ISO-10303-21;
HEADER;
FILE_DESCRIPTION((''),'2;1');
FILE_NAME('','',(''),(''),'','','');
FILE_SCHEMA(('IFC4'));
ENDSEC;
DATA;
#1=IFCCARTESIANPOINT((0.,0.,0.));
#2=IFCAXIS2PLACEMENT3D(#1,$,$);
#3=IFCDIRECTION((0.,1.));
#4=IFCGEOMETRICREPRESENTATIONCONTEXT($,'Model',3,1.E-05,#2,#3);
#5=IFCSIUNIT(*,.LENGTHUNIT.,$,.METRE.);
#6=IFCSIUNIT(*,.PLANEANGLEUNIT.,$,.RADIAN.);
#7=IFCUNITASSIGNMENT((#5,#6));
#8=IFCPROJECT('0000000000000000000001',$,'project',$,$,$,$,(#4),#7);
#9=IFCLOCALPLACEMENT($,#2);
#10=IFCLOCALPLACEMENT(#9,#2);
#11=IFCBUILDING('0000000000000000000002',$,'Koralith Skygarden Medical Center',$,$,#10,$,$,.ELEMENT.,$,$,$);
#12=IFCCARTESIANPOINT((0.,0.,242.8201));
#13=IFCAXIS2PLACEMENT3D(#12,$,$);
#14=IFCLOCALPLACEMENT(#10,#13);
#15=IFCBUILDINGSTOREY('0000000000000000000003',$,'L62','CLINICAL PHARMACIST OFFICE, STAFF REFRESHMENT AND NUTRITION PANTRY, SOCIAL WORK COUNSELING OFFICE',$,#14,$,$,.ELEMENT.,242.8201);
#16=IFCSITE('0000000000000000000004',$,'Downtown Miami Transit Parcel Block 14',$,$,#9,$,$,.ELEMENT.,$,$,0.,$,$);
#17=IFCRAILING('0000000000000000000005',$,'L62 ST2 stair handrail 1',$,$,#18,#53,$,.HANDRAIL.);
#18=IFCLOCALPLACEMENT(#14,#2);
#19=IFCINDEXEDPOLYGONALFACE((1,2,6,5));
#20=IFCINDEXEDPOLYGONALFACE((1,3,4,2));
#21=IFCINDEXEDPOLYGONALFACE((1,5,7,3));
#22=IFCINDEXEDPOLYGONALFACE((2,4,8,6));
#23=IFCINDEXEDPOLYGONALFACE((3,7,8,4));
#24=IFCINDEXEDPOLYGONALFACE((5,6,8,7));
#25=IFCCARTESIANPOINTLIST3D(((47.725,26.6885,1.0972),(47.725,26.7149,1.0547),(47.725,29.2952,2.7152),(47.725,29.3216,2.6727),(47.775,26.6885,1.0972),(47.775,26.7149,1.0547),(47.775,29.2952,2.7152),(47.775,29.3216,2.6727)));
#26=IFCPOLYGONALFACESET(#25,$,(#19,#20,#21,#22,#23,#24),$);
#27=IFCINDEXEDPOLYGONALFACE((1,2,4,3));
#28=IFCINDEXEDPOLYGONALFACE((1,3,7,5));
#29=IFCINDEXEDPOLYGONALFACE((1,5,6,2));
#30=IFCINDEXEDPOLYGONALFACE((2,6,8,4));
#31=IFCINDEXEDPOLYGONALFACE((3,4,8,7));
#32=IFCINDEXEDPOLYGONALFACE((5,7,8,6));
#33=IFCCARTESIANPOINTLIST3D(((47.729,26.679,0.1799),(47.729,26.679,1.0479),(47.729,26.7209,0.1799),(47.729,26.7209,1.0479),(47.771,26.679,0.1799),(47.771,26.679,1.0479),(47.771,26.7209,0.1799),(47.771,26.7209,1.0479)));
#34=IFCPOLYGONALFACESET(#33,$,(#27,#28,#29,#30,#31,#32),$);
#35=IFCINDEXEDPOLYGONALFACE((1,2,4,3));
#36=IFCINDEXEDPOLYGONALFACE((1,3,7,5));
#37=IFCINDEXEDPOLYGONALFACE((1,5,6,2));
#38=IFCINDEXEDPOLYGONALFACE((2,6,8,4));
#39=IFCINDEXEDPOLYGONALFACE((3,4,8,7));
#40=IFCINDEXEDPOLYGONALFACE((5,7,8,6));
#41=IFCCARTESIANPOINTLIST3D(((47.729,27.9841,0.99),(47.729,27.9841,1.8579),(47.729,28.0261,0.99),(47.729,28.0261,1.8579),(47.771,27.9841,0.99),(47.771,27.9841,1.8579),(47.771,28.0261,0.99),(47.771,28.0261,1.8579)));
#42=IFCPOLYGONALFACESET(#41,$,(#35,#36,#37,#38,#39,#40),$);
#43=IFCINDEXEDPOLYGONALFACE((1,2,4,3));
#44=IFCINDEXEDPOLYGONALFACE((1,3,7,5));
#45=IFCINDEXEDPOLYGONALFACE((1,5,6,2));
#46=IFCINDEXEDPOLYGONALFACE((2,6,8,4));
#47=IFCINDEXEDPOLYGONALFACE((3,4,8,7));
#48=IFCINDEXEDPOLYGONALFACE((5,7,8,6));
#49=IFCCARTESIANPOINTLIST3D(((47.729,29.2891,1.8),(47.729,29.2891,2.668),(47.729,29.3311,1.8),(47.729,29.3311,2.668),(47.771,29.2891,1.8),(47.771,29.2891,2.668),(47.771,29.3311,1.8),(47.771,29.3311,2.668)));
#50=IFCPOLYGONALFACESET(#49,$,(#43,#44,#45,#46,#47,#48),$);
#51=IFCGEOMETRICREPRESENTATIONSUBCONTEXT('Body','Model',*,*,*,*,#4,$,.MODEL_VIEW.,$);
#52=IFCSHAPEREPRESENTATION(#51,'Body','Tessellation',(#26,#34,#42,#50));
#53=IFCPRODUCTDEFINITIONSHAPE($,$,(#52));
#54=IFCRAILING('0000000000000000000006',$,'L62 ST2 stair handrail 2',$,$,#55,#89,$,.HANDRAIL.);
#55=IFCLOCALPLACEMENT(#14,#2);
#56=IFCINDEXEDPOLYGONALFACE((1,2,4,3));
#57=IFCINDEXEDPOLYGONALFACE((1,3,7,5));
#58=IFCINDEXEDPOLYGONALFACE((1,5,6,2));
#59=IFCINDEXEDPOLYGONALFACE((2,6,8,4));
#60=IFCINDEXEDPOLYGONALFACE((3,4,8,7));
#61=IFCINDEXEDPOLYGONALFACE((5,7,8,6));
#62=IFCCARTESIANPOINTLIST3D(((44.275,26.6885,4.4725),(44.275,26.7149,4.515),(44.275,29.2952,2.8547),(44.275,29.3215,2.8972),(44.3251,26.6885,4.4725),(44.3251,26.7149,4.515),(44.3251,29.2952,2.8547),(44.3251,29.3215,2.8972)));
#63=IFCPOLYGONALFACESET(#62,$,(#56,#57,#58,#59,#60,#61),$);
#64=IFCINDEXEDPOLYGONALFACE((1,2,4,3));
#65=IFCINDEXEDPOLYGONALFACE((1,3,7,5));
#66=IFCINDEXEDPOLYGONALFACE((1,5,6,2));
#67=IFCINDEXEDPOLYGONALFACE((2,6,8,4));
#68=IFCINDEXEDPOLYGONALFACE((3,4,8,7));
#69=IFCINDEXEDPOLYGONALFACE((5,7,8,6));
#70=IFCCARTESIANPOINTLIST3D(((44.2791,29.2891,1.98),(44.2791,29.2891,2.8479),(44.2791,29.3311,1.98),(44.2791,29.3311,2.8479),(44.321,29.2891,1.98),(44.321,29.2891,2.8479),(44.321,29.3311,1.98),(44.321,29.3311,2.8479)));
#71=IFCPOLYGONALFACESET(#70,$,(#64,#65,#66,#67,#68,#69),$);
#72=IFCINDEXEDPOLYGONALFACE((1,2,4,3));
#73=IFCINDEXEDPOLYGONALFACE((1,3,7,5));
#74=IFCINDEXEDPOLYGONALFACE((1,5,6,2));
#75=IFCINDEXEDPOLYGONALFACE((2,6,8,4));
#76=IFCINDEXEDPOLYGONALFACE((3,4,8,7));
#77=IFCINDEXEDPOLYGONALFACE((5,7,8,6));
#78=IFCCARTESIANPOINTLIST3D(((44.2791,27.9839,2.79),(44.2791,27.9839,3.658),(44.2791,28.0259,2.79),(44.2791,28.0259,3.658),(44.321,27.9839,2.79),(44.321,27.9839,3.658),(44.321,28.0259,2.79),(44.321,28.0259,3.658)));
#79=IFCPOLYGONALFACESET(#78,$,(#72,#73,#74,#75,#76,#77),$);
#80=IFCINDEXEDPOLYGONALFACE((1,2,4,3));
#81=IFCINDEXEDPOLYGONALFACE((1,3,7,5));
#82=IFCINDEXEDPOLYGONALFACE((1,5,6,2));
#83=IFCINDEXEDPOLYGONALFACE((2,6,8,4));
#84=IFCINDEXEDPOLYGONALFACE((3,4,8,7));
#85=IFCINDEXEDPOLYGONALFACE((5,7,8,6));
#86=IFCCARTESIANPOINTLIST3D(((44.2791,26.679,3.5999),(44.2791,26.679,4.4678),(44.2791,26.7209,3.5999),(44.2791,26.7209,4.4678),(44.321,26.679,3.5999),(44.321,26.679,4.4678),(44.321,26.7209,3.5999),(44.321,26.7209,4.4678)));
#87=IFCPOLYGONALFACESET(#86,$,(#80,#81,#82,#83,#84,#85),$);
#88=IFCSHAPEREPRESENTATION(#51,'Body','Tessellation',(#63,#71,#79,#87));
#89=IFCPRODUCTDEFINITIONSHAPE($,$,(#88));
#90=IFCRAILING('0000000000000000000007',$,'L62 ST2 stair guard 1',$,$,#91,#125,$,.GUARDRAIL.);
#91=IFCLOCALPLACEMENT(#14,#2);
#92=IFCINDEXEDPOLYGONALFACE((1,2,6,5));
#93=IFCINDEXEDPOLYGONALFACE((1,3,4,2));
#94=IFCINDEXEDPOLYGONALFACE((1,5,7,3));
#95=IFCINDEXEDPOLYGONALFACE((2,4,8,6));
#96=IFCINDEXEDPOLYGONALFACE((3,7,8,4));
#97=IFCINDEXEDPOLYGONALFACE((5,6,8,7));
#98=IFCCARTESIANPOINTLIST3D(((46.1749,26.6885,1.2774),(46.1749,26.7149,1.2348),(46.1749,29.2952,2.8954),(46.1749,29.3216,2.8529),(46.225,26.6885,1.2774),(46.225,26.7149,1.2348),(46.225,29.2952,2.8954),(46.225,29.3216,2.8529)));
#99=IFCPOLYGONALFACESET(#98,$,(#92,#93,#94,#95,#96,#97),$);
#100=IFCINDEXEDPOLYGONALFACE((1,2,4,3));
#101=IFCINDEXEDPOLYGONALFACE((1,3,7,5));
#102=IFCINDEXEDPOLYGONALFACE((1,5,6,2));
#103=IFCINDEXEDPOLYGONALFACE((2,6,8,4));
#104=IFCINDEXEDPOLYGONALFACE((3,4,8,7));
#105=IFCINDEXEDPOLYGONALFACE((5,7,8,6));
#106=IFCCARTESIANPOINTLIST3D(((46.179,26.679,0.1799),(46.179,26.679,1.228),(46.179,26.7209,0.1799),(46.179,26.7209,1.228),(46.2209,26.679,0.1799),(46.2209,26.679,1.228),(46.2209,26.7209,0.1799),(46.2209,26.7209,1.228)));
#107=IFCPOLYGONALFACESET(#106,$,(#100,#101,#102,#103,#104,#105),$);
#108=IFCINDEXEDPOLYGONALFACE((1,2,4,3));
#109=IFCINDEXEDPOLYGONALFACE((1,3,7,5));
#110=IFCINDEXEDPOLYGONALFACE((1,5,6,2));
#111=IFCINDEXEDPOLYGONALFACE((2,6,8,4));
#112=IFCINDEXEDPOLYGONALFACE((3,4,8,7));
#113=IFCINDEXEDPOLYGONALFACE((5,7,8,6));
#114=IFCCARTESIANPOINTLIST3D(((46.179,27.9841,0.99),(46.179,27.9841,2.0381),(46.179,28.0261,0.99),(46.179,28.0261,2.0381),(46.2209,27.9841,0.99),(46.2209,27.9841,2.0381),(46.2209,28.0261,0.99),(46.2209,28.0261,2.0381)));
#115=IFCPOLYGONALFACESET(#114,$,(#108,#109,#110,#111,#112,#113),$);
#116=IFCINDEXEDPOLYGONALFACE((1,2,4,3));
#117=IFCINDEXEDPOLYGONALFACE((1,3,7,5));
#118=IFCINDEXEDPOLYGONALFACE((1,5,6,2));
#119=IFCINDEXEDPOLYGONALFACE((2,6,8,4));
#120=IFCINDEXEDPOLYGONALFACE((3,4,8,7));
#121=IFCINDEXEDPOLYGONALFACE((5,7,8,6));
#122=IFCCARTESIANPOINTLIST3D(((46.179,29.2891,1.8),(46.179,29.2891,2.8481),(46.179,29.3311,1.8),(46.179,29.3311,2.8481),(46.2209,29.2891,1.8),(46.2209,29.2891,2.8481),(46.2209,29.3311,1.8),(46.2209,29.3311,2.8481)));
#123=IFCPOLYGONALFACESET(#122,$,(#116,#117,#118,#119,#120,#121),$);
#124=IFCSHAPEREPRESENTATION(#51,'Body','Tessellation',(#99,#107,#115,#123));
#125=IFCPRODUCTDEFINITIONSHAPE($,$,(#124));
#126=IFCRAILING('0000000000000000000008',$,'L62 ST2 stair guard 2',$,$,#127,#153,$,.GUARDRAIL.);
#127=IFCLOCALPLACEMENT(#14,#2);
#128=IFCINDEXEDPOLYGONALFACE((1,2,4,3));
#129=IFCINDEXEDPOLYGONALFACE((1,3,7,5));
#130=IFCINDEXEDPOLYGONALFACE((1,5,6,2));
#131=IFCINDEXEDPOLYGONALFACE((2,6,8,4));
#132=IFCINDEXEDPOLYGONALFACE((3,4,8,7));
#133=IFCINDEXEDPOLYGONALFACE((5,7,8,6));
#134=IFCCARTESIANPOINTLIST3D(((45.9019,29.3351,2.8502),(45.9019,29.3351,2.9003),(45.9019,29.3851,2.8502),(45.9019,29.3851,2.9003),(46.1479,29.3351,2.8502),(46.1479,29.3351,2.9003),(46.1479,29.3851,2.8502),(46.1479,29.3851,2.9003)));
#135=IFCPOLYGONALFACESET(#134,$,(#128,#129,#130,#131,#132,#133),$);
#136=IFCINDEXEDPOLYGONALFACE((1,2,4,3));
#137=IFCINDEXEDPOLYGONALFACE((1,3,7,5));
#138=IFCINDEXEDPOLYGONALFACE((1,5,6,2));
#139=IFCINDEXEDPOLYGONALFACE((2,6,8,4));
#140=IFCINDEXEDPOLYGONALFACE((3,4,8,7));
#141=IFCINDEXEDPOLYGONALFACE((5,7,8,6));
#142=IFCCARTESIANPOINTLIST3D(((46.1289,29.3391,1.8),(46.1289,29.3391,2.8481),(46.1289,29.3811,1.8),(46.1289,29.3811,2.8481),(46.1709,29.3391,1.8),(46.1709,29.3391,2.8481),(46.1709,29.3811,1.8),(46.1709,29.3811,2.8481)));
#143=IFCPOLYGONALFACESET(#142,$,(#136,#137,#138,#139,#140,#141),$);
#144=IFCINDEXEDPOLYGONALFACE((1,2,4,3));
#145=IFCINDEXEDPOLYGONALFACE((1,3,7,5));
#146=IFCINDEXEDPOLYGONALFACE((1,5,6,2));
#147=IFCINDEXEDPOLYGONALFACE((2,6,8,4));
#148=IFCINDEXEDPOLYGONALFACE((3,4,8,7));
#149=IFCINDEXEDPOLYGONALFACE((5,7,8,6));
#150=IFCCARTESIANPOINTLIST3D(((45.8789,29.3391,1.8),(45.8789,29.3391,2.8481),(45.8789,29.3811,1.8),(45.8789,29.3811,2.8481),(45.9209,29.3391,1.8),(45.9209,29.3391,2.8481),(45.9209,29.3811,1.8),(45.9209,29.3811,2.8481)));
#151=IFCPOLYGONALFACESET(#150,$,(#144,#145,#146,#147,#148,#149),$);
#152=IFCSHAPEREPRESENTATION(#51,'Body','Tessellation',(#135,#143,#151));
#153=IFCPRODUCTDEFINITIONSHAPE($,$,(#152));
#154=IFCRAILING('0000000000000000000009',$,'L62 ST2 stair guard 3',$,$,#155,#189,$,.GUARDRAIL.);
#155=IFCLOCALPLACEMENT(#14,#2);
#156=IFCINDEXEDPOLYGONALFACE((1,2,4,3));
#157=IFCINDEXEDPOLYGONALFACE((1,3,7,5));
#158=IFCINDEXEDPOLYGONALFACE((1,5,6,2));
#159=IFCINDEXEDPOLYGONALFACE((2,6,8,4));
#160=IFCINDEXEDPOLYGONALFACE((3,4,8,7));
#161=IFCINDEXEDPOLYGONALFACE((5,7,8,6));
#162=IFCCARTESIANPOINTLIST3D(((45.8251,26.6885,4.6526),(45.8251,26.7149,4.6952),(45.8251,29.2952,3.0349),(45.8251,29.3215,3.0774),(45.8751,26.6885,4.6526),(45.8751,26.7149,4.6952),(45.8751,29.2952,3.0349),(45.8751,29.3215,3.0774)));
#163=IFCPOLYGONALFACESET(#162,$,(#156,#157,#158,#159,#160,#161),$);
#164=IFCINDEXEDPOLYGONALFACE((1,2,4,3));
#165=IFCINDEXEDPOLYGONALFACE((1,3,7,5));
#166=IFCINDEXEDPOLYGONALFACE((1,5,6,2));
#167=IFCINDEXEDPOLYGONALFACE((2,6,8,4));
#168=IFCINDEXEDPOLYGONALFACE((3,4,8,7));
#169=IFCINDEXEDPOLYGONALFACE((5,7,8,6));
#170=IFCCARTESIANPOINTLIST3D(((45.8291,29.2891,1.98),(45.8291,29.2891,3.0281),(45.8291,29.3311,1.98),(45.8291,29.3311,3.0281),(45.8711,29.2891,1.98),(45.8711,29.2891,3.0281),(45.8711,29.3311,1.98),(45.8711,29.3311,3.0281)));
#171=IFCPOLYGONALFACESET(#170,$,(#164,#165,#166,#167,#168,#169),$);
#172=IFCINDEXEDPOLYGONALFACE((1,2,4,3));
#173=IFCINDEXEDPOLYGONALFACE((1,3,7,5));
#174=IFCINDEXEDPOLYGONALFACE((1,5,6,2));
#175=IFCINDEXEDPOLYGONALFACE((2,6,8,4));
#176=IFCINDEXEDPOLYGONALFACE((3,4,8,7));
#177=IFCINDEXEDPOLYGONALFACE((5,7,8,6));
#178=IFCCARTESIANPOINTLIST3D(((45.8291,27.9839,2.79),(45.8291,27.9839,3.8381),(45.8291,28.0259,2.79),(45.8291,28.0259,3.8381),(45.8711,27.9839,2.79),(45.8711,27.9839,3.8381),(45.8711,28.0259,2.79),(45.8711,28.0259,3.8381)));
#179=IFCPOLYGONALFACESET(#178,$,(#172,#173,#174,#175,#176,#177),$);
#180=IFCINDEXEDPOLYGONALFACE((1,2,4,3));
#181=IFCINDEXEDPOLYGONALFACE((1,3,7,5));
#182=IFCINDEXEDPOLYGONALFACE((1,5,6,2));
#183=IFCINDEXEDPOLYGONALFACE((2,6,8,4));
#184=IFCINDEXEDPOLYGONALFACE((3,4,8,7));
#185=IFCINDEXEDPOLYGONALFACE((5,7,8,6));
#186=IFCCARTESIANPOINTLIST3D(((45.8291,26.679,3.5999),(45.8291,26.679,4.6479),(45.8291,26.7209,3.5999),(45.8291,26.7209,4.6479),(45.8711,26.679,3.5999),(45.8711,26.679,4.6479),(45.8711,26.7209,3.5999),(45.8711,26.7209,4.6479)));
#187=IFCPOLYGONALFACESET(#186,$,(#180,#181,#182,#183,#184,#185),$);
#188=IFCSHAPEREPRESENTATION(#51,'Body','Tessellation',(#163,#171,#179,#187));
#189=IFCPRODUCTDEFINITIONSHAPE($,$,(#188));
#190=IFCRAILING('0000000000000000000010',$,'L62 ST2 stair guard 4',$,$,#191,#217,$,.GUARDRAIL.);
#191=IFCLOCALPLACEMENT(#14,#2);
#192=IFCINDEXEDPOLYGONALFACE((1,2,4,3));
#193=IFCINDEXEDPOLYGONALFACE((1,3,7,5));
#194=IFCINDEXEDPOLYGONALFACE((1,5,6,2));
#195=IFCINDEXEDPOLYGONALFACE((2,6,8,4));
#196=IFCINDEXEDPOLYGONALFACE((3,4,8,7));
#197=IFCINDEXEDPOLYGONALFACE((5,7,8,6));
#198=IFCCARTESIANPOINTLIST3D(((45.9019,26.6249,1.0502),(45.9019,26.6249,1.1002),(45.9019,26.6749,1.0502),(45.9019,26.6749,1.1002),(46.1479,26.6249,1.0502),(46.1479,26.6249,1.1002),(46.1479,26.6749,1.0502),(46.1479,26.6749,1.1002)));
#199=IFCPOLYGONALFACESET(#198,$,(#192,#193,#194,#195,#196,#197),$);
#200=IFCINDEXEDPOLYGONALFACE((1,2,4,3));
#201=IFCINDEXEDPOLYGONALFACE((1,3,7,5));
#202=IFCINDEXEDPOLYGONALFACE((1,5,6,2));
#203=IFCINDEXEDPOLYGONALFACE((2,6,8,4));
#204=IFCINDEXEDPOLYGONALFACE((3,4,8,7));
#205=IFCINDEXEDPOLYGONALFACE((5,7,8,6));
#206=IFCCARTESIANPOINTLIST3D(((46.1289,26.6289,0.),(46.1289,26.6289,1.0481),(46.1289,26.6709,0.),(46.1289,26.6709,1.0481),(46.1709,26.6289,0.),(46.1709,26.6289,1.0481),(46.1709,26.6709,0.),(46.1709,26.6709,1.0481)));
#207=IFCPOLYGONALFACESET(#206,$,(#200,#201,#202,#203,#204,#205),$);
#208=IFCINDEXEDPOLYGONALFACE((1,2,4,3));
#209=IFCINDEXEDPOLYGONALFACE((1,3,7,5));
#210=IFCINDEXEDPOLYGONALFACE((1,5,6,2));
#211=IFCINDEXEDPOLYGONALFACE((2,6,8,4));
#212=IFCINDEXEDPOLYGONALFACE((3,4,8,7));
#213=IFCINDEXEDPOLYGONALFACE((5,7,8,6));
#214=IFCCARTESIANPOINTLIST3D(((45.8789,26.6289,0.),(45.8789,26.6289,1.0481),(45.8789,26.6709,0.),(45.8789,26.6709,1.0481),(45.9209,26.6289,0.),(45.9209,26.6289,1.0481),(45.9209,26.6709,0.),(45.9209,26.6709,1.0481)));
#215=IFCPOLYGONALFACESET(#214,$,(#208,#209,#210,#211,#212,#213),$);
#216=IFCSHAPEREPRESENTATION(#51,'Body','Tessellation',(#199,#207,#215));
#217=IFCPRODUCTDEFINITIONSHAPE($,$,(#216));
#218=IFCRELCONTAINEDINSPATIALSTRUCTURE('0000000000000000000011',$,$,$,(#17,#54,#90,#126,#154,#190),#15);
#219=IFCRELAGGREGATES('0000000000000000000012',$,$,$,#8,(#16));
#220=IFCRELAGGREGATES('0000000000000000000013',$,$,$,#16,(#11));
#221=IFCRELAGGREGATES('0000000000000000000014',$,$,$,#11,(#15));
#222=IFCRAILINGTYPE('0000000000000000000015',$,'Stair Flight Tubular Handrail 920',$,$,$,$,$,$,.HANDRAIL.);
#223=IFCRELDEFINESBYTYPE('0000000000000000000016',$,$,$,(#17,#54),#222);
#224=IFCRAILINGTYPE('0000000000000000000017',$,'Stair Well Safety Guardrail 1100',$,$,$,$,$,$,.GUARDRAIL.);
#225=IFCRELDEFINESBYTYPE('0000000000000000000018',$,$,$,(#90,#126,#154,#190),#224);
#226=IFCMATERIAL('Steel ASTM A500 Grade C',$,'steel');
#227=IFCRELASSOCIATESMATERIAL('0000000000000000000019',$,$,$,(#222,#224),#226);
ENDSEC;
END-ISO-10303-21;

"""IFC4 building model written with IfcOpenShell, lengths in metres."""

from ifc_helpers import new_model, si_unit, direction, frame, origin, origin_2d, place, context, subcontext, project, spatial, rectangle, extrude, material, type_object, element, save


model = new_model("IFC4")

# Units and contexts
model_context = context("Model", 3, precision=1e-05, world=origin(), true_north=direction((0.0, 1.0)))
body_context = subcontext(model_context, "Body", "Model", "MODEL_VIEW")
ifc_project = project(units=[si_unit("LENGTHUNIT", "METRE"), si_unit("PLANEANGLEUNIT", "RADIAN")], contexts=[model_context])

# Site, building, storey
site_placement = place(None, origin())
site = spatial("IfcSite", under=ifc_project, at=site_placement, Name="Downtown Miami Transit Parcel Block 14", CompositionType="ELEMENT", RefElevation=0.0)
building_placement = place(site_placement, origin())
building = spatial("IfcBuilding", under=site, at=building_placement, Name="Koralith Skygarden Medical Center", CompositionType="ELEMENT")
storey_placement = place(building_placement, frame((0.0, 0.0, 242.8201)))
storey = spatial("IfcBuildingStorey", under=building, at=storey_placement, Name="L62", Description="CLINICAL PHARMACIST OFFICE, STAFF REFRESHMENT AND NUTRITION PANTRY, SOCIAL WORK COUNSELING OFFICE", CompositionType="ELEMENT", Elevation=242.8201)

# Railings
ifc_material_1 = material(Name="Steel ASTM A500 Grade C", Category="steel")
railing_type_1 = type_object("IfcRailingType", Name="Stair Flight Tubular Handrail 920", PredefinedType="HANDRAIL", material=ifc_material_1)
railing_1_placement = place(storey_placement, frame((47.75, 26.7, 0.1799)))
element("IfcRailing", 1, at=railing_1_placement, inside=storey, type_object=railing_type_1, Name="L62 ST2 stair handrail 1", PredefinedType="HANDRAIL", context=body_context, shape_type="SweptSolid", body=[
    extrude(rectangle(XDim=0.05, YDim=0.05, at=origin_2d()), frame((0.0, 0.0017, 0.896), z_axis=(0.0, 0.849633, 0.527375), x_axis=(-1.0, 0.0, 0.0)), (0.0, 0.0, 1.0), 3.0681),
    extrude(rectangle(XDim=0.042, YDim=0.042, at=origin_2d()), origin(), (0.0, 0.0, 1.0), 0.8679),
    extrude(rectangle(XDim=0.042, YDim=0.042, at=origin_2d()), frame((0.0, 1.3052, 0.8101)), (0.0, 0.0, 1.0), 0.8679),
    extrude(rectangle(XDim=0.042, YDim=0.042, at=origin_2d()), frame((0.0, 2.6101, 1.6201)), (0.0, 0.0, 1.0), 0.8679),
])
railing_2_placement = place(storey_placement, frame((44.3, 29.3101, 1.98)))
element("IfcRailing", 2, at=railing_2_placement, inside=storey, type_object=railing_type_1, Name="L62 ST2 stair handrail 2", PredefinedType="HANDRAIL", context=body_context, shape_type="SweptSolid", body=[
    extrude(rectangle(XDim=0.05, YDim=0.05, at=origin_2d()), frame((0.0, -0.0017, 0.896), z_axis=(0.0, -0.849668, 0.527317), x_axis=(1.0, 0.0, 0.0)), (0.0, 0.0, 1.0), 3.0679),
    extrude(rectangle(XDim=0.042, YDim=0.042, at=origin_2d()), origin(), (0.0, 0.0, 1.0), 0.8679),
    extrude(rectangle(XDim=0.042, YDim=0.042, at=origin_2d()), frame((0.0, -1.3052, 0.8101)), (0.0, 0.0, 1.0), 0.8679),
    extrude(rectangle(XDim=0.042, YDim=0.042, at=origin_2d()), frame((0.0, -2.6101, 1.6199)), (0.0, 0.0, 1.0), 0.8679),
])
railing_type_2 = type_object("IfcRailingType", Name="Stair Well Safety Guardrail 1100", PredefinedType="GUARDRAIL", material=ifc_material_1)
railing_3_placement = place(storey_placement, frame((46.2, 26.7, 0.1799)))
element("IfcRailing", 3, at=railing_3_placement, inside=storey, type_object=railing_type_2, Name="L62 ST2 stair guard 1", PredefinedType="GUARDRAIL", context=body_context, shape_type="SweptSolid", body=[
    extrude(rectangle(XDim=0.05, YDim=0.05, at=origin_2d()), frame((0.0, 0.0017, 1.0762), z_axis=(0.0, 0.849633, 0.527375), x_axis=(-1.0, 0.0, 0.0)), (0.0, 0.0, 1.0), 3.0681),
    extrude(rectangle(XDim=0.042, YDim=0.042, at=origin_2d()), origin(), (0.0, 0.0, 1.0), 1.0481),
    extrude(rectangle(XDim=0.042, YDim=0.042, at=origin_2d()), frame((0.0, 1.3052, 0.8101)), (0.0, 0.0, 1.0), 1.0481),
    extrude(rectangle(XDim=0.042, YDim=0.042, at=origin_2d()), frame((0.0, 2.6101, 1.6201)), (0.0, 0.0, 1.0), 1.0481),
])
railing_4_placement = place(storey_placement, frame((46.1499, 29.3601, 1.8)))
element("IfcRailing", 4, at=railing_4_placement, inside=storey, type_object=railing_type_2, Name="L62 ST2 stair guard 2", PredefinedType="GUARDRAIL", context=body_context, shape_type="SweptSolid", body=[
    extrude(rectangle(XDim=0.05, YDim=0.05, at=origin_2d()), frame((-0.002, 0.0, 1.0752), z_axis=(-1.0, 0.0, 0.0), x_axis=(0.0, -1.0, 0.0)), (0.0, 0.0, 1.0), 0.2461),
    extrude(rectangle(XDim=0.042, YDim=0.042, at=origin_2d()), origin(), (0.0, 0.0, 1.0), 1.0481),
    extrude(rectangle(XDim=0.042, YDim=0.042, at=origin_2d()), frame((-0.25, 0.0, 0.0)), (0.0, 0.0, 1.0), 1.0481),
])
railing_5_placement = place(storey_placement, frame((45.8501, 29.3101, 1.98)))
element("IfcRailing", 5, at=railing_5_placement, inside=storey, type_object=railing_type_2, Name="L62 ST2 stair guard 3", PredefinedType="GUARDRAIL", context=body_context, shape_type="SweptSolid", body=[
    extrude(rectangle(XDim=0.05, YDim=0.05, at=origin_2d()), frame((0.0, -0.0017, 1.0762), z_axis=(0.0, -0.849668, 0.527317), x_axis=(1.0, 0.0, 0.0)), (0.0, 0.0, 1.0), 3.0679),
    extrude(rectangle(XDim=0.042, YDim=0.042, at=origin_2d()), origin(), (0.0, 0.0, 1.0), 1.0481),
    extrude(rectangle(XDim=0.042, YDim=0.042, at=origin_2d()), frame((0.0, -1.3052, 0.8101)), (0.0, 0.0, 1.0), 1.0481),
    extrude(rectangle(XDim=0.042, YDim=0.042, at=origin_2d()), frame((0.0, -2.6101, 1.6199)), (0.0, 0.0, 1.0), 1.0481),
])
railing_6_placement = place(storey_placement, frame((46.1499, 26.6499, 0.0)))
element("IfcRailing", 6, at=railing_6_placement, inside=storey, type_object=railing_type_2, Name="L62 ST2 stair guard 4", PredefinedType="GUARDRAIL", context=body_context, shape_type="SweptSolid", body=[
    extrude(rectangle(XDim=0.05, YDim=0.05, at=origin_2d()), frame((-0.002, 0.0, 1.0752), z_axis=(-1.0, 0.0, 0.0), x_axis=(0.0, -1.0, 0.0)), (0.0, 0.0, 1.0), 0.2461),
    extrude(rectangle(XDim=0.042, YDim=0.042, at=origin_2d()), origin(), (0.0, 0.0, 1.0), 1.0481),
    extrude(rectangle(XDim=0.042, YDim=0.042, at=origin_2d()), frame((-0.25, 0.0, 0.0)), (0.0, 0.0, 1.0), 1.0481),
])

save(model, "model.ifc")
